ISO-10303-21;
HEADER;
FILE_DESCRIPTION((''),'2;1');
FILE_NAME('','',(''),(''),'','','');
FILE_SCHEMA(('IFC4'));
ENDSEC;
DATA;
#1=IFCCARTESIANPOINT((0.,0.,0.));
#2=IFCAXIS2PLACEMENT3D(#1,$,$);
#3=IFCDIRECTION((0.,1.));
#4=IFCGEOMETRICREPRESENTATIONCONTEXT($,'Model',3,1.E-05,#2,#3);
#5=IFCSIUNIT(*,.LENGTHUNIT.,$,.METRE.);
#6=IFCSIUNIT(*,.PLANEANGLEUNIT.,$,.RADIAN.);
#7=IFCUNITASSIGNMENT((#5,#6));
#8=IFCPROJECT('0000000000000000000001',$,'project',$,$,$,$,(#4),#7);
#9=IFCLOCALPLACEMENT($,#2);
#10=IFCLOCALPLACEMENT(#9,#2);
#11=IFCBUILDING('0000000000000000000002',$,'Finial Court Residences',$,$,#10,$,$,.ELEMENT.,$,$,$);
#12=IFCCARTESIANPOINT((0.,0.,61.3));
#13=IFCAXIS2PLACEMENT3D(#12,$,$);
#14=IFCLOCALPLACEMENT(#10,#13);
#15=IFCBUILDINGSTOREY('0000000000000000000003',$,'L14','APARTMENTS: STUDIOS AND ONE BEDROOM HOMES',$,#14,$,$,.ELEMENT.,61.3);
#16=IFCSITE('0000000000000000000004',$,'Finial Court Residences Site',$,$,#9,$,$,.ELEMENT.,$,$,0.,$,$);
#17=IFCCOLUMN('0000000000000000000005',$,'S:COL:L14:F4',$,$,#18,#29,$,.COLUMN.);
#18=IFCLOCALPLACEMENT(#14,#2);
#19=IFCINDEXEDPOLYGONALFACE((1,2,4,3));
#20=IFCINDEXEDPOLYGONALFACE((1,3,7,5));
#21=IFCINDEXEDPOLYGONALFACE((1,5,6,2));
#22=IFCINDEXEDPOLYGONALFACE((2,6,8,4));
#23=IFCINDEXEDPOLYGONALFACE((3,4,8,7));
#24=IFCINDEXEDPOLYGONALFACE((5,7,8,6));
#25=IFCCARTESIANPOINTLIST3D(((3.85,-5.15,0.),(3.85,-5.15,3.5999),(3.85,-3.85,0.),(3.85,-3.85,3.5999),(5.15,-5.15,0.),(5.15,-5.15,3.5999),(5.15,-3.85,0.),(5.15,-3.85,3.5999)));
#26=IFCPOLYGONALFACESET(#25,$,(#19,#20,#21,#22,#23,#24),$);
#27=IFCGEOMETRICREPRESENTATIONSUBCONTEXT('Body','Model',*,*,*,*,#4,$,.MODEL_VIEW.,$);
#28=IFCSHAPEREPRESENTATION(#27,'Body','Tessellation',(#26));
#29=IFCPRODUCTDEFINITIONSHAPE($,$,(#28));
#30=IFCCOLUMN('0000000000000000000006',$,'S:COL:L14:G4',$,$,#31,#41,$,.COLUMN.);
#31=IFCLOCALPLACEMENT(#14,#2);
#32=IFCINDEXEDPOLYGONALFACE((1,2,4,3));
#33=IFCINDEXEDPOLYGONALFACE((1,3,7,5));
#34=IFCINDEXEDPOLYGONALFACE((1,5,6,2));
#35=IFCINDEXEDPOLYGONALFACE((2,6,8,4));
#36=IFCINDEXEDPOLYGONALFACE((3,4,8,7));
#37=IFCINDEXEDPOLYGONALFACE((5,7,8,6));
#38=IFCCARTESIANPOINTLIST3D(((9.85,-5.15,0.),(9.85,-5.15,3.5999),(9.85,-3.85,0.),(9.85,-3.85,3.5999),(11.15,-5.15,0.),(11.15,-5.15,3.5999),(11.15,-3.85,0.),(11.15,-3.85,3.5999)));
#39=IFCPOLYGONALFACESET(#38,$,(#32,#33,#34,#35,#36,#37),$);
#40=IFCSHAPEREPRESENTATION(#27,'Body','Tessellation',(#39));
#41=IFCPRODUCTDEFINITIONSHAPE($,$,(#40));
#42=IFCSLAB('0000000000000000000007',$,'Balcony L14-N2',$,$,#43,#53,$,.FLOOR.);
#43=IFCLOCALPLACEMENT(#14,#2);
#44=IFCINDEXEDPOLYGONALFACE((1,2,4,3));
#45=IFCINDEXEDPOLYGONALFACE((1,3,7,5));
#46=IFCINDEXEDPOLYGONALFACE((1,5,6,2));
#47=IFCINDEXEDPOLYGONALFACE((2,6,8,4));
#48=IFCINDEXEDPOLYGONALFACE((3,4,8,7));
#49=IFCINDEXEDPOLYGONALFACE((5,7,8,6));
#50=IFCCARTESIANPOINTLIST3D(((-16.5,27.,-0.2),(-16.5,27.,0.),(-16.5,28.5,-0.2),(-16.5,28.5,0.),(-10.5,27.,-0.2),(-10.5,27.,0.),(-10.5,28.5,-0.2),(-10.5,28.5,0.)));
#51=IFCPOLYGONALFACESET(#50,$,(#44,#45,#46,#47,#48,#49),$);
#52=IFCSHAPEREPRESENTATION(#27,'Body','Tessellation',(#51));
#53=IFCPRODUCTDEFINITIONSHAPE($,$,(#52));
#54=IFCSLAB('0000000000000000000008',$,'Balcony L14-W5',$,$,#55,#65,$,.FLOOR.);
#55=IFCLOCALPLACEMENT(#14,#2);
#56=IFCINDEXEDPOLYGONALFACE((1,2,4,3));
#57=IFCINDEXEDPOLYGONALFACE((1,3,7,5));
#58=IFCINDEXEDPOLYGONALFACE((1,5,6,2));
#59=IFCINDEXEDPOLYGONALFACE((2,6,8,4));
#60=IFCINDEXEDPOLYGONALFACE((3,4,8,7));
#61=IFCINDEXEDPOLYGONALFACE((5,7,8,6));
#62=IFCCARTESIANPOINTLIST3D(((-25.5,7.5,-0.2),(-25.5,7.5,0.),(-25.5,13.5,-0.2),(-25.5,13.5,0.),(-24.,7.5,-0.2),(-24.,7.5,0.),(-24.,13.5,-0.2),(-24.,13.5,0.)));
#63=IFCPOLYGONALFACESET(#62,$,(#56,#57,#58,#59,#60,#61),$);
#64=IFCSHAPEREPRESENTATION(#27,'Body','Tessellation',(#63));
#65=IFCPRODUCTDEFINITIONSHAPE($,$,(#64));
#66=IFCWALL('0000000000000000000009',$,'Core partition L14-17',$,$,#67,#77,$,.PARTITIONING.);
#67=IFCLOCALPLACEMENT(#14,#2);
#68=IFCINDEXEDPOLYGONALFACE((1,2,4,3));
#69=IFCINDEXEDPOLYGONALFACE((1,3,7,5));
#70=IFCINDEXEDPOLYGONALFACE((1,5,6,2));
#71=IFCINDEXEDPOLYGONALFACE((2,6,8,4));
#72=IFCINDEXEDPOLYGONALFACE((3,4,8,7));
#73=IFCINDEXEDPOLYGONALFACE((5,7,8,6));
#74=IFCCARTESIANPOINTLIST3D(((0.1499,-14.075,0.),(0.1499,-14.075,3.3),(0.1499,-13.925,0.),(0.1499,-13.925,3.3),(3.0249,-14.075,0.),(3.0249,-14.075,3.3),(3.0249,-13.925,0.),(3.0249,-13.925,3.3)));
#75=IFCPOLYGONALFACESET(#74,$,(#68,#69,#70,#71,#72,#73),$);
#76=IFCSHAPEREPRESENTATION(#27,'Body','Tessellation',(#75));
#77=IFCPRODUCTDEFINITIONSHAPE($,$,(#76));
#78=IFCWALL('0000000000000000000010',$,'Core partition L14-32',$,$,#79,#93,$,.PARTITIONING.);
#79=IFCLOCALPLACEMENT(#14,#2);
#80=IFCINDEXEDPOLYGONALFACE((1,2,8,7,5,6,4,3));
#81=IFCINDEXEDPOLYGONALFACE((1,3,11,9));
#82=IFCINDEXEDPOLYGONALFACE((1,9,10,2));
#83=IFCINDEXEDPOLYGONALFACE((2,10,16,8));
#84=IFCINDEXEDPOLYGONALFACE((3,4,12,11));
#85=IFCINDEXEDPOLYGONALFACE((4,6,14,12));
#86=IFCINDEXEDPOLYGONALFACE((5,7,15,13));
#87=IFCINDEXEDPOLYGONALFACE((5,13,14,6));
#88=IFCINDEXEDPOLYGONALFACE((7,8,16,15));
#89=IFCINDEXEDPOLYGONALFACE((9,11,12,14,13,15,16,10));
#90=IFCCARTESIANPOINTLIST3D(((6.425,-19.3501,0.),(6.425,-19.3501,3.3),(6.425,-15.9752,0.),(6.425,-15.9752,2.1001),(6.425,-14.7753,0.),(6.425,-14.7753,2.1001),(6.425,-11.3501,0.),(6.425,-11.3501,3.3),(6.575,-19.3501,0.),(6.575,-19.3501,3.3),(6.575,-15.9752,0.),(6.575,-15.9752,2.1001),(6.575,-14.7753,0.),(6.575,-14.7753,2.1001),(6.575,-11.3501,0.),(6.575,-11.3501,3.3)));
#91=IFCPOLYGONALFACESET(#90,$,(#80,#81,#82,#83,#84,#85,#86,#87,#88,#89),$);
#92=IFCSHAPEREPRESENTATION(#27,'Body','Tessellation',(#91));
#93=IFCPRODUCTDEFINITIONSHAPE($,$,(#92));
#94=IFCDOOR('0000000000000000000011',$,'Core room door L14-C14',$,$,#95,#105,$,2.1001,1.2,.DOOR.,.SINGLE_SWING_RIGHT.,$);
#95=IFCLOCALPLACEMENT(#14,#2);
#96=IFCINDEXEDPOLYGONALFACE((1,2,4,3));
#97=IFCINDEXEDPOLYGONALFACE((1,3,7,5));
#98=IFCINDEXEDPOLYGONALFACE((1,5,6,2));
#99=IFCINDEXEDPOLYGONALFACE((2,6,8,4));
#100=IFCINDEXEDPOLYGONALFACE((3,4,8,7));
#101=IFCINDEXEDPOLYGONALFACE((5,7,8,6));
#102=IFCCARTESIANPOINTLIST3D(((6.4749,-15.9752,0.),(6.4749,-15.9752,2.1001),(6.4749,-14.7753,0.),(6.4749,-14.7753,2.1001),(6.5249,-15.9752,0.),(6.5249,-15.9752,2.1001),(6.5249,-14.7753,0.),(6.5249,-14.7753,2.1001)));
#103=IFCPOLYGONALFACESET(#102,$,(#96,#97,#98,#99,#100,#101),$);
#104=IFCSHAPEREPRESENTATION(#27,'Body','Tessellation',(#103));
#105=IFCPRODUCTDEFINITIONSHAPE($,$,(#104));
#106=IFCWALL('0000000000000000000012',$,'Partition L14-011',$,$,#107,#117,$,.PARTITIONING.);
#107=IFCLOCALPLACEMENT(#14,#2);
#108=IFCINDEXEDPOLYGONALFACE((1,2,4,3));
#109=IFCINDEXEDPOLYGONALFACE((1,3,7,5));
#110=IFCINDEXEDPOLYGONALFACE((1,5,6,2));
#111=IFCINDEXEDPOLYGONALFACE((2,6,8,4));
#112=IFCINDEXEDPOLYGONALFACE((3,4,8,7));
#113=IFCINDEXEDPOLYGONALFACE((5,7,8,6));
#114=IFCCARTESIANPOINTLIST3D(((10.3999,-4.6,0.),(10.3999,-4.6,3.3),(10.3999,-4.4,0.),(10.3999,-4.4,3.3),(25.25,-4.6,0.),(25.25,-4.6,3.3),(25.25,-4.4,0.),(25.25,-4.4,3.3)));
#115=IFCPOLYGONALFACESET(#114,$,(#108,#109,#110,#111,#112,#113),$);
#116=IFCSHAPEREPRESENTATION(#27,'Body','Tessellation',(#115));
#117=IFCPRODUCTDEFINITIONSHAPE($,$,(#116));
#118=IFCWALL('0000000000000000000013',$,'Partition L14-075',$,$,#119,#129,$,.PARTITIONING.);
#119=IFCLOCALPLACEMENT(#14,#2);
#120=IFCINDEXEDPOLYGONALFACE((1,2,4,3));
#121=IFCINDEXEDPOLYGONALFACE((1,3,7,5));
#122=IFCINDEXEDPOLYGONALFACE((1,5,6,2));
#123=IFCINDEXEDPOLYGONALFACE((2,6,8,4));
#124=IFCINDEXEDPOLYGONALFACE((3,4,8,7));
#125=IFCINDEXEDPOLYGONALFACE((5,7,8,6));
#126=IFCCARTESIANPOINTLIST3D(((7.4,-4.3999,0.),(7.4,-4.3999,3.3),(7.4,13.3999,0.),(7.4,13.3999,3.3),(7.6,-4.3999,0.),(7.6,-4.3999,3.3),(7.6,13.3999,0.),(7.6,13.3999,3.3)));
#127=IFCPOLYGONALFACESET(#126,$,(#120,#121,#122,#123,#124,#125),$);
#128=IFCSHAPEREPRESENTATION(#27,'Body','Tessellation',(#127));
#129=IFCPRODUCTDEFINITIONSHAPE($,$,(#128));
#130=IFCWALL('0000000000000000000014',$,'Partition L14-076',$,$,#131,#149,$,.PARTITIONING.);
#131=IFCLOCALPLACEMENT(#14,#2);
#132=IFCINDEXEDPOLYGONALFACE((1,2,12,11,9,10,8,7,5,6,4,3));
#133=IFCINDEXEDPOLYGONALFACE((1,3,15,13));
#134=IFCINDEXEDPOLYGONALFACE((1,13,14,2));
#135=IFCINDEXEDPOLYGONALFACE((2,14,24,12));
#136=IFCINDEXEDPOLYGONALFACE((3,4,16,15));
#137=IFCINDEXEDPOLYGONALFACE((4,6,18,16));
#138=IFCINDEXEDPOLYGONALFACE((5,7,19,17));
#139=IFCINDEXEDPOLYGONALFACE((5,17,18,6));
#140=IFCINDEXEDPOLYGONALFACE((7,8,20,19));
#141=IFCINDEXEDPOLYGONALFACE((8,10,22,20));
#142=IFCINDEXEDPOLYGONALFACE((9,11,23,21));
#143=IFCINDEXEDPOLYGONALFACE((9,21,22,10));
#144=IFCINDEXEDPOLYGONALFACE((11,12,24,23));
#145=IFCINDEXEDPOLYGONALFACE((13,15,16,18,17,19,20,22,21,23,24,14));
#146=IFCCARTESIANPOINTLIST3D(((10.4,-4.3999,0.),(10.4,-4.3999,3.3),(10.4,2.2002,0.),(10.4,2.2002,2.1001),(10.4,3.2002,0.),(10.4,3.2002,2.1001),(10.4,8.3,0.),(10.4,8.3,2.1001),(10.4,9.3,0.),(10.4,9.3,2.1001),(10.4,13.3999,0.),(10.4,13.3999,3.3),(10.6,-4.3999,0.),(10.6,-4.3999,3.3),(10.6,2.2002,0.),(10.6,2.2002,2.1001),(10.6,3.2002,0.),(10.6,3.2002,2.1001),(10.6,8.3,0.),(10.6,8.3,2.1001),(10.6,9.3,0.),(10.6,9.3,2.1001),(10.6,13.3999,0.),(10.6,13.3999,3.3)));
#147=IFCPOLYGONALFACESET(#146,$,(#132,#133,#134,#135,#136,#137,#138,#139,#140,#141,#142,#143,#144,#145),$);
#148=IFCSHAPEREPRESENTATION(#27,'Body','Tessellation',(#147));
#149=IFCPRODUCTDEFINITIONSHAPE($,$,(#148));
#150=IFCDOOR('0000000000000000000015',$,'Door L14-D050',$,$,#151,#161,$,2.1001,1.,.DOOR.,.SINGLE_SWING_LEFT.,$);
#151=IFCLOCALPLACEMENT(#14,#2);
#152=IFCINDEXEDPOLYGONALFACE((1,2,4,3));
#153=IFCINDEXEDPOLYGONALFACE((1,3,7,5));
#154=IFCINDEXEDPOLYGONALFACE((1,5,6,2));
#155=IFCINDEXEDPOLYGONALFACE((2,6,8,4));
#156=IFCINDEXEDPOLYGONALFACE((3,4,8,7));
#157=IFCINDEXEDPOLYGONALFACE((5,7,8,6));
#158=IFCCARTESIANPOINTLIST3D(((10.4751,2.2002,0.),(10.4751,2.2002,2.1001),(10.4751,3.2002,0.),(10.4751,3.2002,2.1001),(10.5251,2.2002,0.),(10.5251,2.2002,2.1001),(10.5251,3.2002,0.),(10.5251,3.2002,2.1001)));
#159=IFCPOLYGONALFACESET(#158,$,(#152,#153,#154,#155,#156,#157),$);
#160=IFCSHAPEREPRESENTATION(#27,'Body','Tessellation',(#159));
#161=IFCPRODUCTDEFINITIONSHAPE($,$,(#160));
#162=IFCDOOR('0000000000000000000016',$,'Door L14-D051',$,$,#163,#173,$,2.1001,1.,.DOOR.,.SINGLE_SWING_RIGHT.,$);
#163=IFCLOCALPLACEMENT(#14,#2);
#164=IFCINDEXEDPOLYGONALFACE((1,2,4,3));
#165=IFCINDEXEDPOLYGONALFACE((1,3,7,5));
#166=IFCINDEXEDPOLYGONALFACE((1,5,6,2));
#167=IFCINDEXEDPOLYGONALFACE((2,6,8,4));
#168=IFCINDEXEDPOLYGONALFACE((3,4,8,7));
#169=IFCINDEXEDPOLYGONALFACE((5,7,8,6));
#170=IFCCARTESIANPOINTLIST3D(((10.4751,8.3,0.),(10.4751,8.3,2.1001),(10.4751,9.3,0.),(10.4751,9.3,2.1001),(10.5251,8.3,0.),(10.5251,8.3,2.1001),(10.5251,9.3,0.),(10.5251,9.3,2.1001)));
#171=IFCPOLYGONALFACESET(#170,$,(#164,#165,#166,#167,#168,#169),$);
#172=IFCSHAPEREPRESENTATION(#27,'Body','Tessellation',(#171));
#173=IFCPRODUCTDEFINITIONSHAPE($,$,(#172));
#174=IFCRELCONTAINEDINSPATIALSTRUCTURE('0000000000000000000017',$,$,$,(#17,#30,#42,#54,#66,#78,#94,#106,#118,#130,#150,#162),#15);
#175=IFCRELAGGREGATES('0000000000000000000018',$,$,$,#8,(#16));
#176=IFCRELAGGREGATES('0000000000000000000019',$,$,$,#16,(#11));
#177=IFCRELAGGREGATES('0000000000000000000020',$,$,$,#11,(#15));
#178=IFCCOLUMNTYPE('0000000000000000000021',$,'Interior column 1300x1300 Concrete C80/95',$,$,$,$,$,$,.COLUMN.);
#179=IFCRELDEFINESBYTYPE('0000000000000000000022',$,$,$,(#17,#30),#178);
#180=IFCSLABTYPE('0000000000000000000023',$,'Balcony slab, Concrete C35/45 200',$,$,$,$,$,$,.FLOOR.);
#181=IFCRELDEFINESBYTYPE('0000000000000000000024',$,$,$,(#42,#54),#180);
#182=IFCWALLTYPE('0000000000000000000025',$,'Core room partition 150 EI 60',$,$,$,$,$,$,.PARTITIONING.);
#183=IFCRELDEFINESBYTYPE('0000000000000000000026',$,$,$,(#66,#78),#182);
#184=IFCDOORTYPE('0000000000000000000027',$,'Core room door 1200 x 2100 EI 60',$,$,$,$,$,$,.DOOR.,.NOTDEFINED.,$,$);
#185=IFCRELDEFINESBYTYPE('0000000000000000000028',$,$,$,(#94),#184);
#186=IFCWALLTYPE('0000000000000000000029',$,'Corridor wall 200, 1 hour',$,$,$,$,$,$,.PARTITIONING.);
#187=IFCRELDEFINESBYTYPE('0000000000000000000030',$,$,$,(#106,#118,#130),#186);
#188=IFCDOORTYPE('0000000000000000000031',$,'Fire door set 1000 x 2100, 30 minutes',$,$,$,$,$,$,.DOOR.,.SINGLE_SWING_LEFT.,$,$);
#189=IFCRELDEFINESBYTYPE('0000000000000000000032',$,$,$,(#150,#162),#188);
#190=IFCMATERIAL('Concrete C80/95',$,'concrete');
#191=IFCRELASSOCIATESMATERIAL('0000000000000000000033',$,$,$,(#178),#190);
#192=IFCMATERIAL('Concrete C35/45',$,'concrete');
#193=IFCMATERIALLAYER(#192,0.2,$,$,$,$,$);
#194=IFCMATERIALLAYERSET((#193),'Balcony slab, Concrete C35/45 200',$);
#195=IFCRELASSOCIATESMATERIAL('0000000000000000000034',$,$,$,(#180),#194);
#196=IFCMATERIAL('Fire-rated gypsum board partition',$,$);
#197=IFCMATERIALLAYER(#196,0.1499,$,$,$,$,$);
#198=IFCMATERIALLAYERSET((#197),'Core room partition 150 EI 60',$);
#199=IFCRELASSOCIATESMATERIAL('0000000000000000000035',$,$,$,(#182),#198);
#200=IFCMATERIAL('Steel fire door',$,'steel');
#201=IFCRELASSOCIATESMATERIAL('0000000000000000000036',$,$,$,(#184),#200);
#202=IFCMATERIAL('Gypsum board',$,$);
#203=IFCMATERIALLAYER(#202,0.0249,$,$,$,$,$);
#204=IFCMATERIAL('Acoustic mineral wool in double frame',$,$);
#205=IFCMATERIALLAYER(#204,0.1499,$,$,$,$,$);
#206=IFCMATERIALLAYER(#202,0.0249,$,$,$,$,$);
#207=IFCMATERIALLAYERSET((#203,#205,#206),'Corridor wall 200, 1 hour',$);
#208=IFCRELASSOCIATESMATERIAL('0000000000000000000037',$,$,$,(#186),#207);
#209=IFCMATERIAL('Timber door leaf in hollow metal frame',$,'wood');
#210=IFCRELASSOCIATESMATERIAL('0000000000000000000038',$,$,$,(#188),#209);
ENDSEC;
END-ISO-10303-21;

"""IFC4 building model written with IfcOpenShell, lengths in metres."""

from ifc_helpers import new_model, si_unit, direction, frame, frame_2d, origin, origin_2d, place, context, subcontext, project, spatial, polyline, rectangle, outline, extrude, material, layer, layer_set, material_profile, profile_set, type_object, element, fill, save


model = new_model("IFC4")

# Units and contexts
model_context = context("Model", 3, precision=1e-05, world=origin(), true_north=direction((0.0, 1.0)))
body_context = subcontext(model_context, "Body", "Model", "MODEL_VIEW")
ifc_project = project(units=[si_unit("LENGTHUNIT", "METRE"), si_unit("PLANEANGLEUNIT", "RADIAN")], contexts=[model_context])

# Site, building, storey
site_placement = place(None, origin())
site = spatial("IfcSite", under=ifc_project, at=site_placement, Name="Finial Court Residences Site", CompositionType="ELEMENT", RefElevation=0.0)
building_placement = place(site_placement, origin())
building = spatial("IfcBuilding", under=site, at=building_placement, Name="Finial Court Residences", CompositionType="ELEMENT")
storey_placement = place(building_placement, frame((0.0, 0.0, 61.3)))
storey = spatial("IfcBuildingStorey", under=building, at=storey_placement, Name="L14", Description="APARTMENTS: STUDIOS AND ONE BEDROOM HOMES", CompositionType="ELEMENT", Elevation=61.3)

# Columns
ifc_material_1 = material(Name="Concrete C80/95", Category="concrete")
ifc_material_profile = material_profile(ifc_material_1, rectangle(XDim=1.3, YDim=1.3, at=origin_2d()), Name="1300x1300")
ifc_profile_set = profile_set([ifc_material_profile], Name="Concrete C80/95")
column_type = type_object("IfcColumnType", Name="Interior column 1300x1300 Concrete C80/95", PredefinedType="COLUMN", material=ifc_profile_set)
for number, where, z_axis, x_axis, name in (
    (1, (4.5, -4.5, 0.0), (0.0, 0.0, 1.0), (1.0, 0.0, 0.0), "S:COL:L14:F4"),
    (2, (10.5, -4.5, 0.0), (0.0, 0.0, 1.0), (1.0, 0.0, 0.0), "S:COL:L14:G4"),
):
    element("IfcColumn", number, at=place(storey_placement, frame(where, z_axis=z_axis, x_axis=x_axis)), inside=storey, type_object=column_type, Name=name, PredefinedType="COLUMN", context=body_context, shape_type="SweptSolid", body=[
        extrude(rectangle(XDim=1.3, YDim=1.3, at=origin_2d()), origin(), (0.0, 0.0, 1.0), 3.5999),
    ])

# Slabs
ifc_material_2 = material(Name="Concrete C35/45", Category="concrete")
ifc_layer_1 = layer(ifc_material_2, 0.2)
ifc_layer_set_1 = layer_set([ifc_layer_1], Name="Balcony slab, Concrete C35/45 200")
slab_type = type_object("IfcSlabType", Name="Balcony slab, Concrete C35/45 200", PredefinedType="FLOOR", material=ifc_layer_set_1)
slab_1_placement = place(storey_placement, frame((0.0, 0.0, -0.2)))
element("IfcSlab", 3, at=slab_1_placement, inside=storey, type_object=slab_type, Name="Balcony L14-N2", PredefinedType="FLOOR", context=body_context, shape_type="SweptSolid", body=[
    extrude(outline(polyline([(-10.5, 27.0), (-10.5, 28.5), (-16.5, 28.5), (-16.5, 27.0), (-10.5, 27.0)])), origin(), (0.0, 0.0, 1.0), 0.2),
])
slab_2_placement = place(storey_placement, frame((0.0, 0.0, -0.2)))
element("IfcSlab", 4, at=slab_2_placement, inside=storey, type_object=slab_type, Name="Balcony L14-W5", PredefinedType="FLOOR", context=body_context, shape_type="SweptSolid", body=[
    extrude(outline(polyline([(-24.0, 7.5), (-24.0, 13.5), (-25.5, 13.5), (-25.5, 7.5), (-24.0, 7.5)])), origin(), (0.0, 0.0, 1.0), 0.2),
])

# Wall
ifc_material_3 = material(Name="Fire-rated gypsum board partition")
ifc_layer_2 = layer(ifc_material_3, 0.1499)
ifc_layer_set_2 = layer_set([ifc_layer_2], Name="Core room partition 150 EI 60")
wall_type_1 = type_object("IfcWallType", Name="Core room partition 150 EI 60", PredefinedType="PARTITIONING", material=ifc_layer_set_2)
wall_1_placement = place(storey_placement, frame((0.1499, -14.0, 0.0), z_axis=(0.0, 0.0, 1.0), x_axis=(1.0, 0.0, 0.0)))
element("IfcWall", 5, at=wall_1_placement, inside=storey, type_object=wall_type_1, Name="Core partition L14-17", PredefinedType="PARTITIONING", context=body_context, shape_type="SweptSolid", body=[
    extrude(rectangle(XDim=2.875, YDim=0.1499, at=frame_2d((1.4375, 0.0))), origin(), (0.0, 0.0, 1.0), 3.3),
])

# Wall, opening, door
wall_2_placement = place(storey_placement, frame((6.5, -11.3501, 0.0), z_axis=(0.0, 0.0, 1.0), x_axis=(0.0, -1.0, 0.0)))
wall_2 = element("IfcWall", 6, at=wall_2_placement, inside=storey, type_object=wall_type_1, Name="Core partition L14-32", PredefinedType="PARTITIONING", context=body_context, shape_type="SweptSolid", body=[
    extrude(rectangle(XDim=8.0, YDim=0.1499, at=frame_2d((4.0, 0.0))), origin(), (0.0, 0.0, 1.0), 3.3),
])
opening_1_placement = place(wall_2_placement, frame((3.425, 0.0, 0.0)))
opening_1 = element("IfcOpeningElement", 7, at=opening_1_placement, cuts=wall_2, PredefinedType="OPENING", context=body_context, shape_type="SweptSolid", body=[
    extrude(rectangle(XDim=1.2, YDim=2.1001, at=frame_2d((0.6001, 1.05))), frame((0.0, 0.085, 0.0), z_axis=(0.0, -1.0, 0.0), x_axis=(1.0, 0.0, 0.0)), (0.0, 0.0, 1.0), 0.1699),
])
ifc_material_4 = material(Name="Steel fire door", Category="steel")
door_type_1 = type_object("IfcDoorType", Name="Core room door 1200 x 2100 EI 60", OperationType="NOTDEFINED", PredefinedType="DOOR", material=ifc_material_4)
door_1_placement = place(opening_1_placement, origin())
door_1 = element("IfcDoor", 8, at=door_1_placement, inside=storey, type_object=door_type_1, Name="Core room door L14-C14", OperationType="SINGLE_SWING_RIGHT", OverallHeight=2.1001, OverallWidth=1.2, PredefinedType="DOOR", context=body_context, shape_type="SweptSolid", body=[
    extrude(rectangle(XDim=1.2, YDim=2.1001, at=frame_2d((0.6001, 1.05))), frame((0.0, 0.0249, 0.0), z_axis=(0.0, -1.0, 0.0), x_axis=(1.0, 0.0, 0.0)), (0.0, 0.0, 1.0), 0.05),
])
fill(opening_1, door_1)

# Walls
ifc_material_5 = material(Name="Gypsum board")
ifc_layer_3 = layer(ifc_material_5, 0.0249)
ifc_material_6 = material(Name="Acoustic mineral wool in double frame")
ifc_layer_4 = layer(ifc_material_6, 0.1499)
ifc_layer_5 = layer(ifc_material_5, 0.0249)
ifc_layer_set_3 = layer_set([ifc_layer_3, ifc_layer_4, ifc_layer_5], Name="Corridor wall 200, 1 hour")
wall_type_2 = type_object("IfcWallType", Name="Corridor wall 200, 1 hour", PredefinedType="PARTITIONING", material=ifc_layer_set_3)
wall_3_placement = place(storey_placement, frame((10.3999, -4.5, 0.0), z_axis=(0.0, 0.0, 1.0), x_axis=(1.0, 0.0, 0.0)))
element("IfcWall", 9, at=wall_3_placement, inside=storey, type_object=wall_type_2, Name="Partition L14-011", PredefinedType="PARTITIONING", context=body_context, shape_type="SweptSolid", body=[
    extrude(rectangle(XDim=14.8501, YDim=0.2, at=frame_2d((7.425, 0.0))), origin(), (0.0, 0.0, 1.0), 3.3),
])
wall_4_placement = place(storey_placement, frame((7.5, -4.3999, 0.0), z_axis=(0.0, 0.0, 1.0), x_axis=(0.0, 1.0, 0.0)))
element("IfcWall", 10, at=wall_4_placement, inside=storey, type_object=wall_type_2, Name="Partition L14-075", PredefinedType="PARTITIONING", context=body_context, shape_type="SweptSolid", body=[
    extrude(rectangle(XDim=17.7998, YDim=0.2, at=frame_2d((8.8999, 0.0))), origin(), (0.0, 0.0, 1.0), 3.3),
])

# Wall, openings, doors
wall_5_placement = place(storey_placement, frame((10.5, -4.3999, 0.0), z_axis=(0.0, 0.0, 1.0), x_axis=(0.0, 1.0, 0.0)))
wall_5 = element("IfcWall", 11, at=wall_5_placement, inside=storey, type_object=wall_type_2, Name="Partition L14-076", PredefinedType="PARTITIONING", context=body_context, shape_type="SweptSolid", body=[
    extrude(rectangle(XDim=17.7998, YDim=0.2, at=frame_2d((8.8999, 0.0))), origin(), (0.0, 0.0, 1.0), 3.3),
])
opening_2_placement = place(wall_5_placement, frame((6.6001, 0.0, 0.0)))
opening_2 = element("IfcOpeningElement", 12, at=opening_2_placement, cuts=wall_5, PredefinedType="OPENING", context=body_context, shape_type="SweptSolid", body=[
    extrude(rectangle(XDim=1.0, YDim=2.1001, at=frame_2d((0.5, 1.05))), frame((0.0, 0.1099, 0.0), z_axis=(0.0, -1.0, 0.0), x_axis=(1.0, 0.0, 0.0)), (0.0, 0.0, 1.0), 0.22),
])
opening_3_placement = place(wall_5_placement, frame((12.7, 0.0, 0.0)))
opening_3 = element("IfcOpeningElement", 13, at=opening_3_placement, cuts=wall_5, PredefinedType="OPENING", context=body_context, shape_type="SweptSolid", body=[
    extrude(rectangle(XDim=1.0, YDim=2.1001, at=frame_2d((0.5, 1.05))), frame((0.0, 0.1099, 0.0), z_axis=(0.0, -1.0, 0.0), x_axis=(1.0, 0.0, 0.0)), (0.0, 0.0, 1.0), 0.22),
])
ifc_material_7 = material(Name="Timber door leaf in hollow metal frame", Category="wood")
door_type_2 = type_object("IfcDoorType", Name="Fire door set 1000 x 2100, 30 minutes", OperationType="SINGLE_SWING_LEFT", PredefinedType="DOOR", material=ifc_material_7)
door_2_placement = place(opening_2_placement, origin())
door_2 = element("IfcDoor", 14, at=door_2_placement, inside=storey, type_object=door_type_2, Name="Door L14-D050", OperationType="SINGLE_SWING_LEFT", OverallHeight=2.1001, OverallWidth=1.0, PredefinedType="DOOR", context=body_context, shape_type="SweptSolid", body=[
    extrude(rectangle(XDim=1.0, YDim=2.1001, at=frame_2d((0.5, 1.05))), frame((0.0, 0.0249, 0.0), z_axis=(0.0, -1.0, 0.0), x_axis=(1.0, 0.0, 0.0)), (0.0, 0.0, 1.0), 0.05),
])
fill(opening_2, door_2)
door_3_placement = place(opening_3_placement, origin())
door_3 = element("IfcDoor", 15, at=door_3_placement, inside=storey, type_object=door_type_2, Name="Door L14-D051", OperationType="SINGLE_SWING_RIGHT", OverallHeight=2.1001, OverallWidth=1.0, PredefinedType="DOOR", context=body_context, shape_type="SweptSolid", body=[
    extrude(rectangle(XDim=1.0, YDim=2.1001, at=frame_2d((0.5, 1.05))), frame((0.0, 0.0249, 0.0), z_axis=(0.0, -1.0, 0.0), x_axis=(1.0, 0.0, 0.0)), (0.0, 0.0, 1.0), 0.05),
])
fill(opening_3, door_3)

save(model, "model.ifc")
